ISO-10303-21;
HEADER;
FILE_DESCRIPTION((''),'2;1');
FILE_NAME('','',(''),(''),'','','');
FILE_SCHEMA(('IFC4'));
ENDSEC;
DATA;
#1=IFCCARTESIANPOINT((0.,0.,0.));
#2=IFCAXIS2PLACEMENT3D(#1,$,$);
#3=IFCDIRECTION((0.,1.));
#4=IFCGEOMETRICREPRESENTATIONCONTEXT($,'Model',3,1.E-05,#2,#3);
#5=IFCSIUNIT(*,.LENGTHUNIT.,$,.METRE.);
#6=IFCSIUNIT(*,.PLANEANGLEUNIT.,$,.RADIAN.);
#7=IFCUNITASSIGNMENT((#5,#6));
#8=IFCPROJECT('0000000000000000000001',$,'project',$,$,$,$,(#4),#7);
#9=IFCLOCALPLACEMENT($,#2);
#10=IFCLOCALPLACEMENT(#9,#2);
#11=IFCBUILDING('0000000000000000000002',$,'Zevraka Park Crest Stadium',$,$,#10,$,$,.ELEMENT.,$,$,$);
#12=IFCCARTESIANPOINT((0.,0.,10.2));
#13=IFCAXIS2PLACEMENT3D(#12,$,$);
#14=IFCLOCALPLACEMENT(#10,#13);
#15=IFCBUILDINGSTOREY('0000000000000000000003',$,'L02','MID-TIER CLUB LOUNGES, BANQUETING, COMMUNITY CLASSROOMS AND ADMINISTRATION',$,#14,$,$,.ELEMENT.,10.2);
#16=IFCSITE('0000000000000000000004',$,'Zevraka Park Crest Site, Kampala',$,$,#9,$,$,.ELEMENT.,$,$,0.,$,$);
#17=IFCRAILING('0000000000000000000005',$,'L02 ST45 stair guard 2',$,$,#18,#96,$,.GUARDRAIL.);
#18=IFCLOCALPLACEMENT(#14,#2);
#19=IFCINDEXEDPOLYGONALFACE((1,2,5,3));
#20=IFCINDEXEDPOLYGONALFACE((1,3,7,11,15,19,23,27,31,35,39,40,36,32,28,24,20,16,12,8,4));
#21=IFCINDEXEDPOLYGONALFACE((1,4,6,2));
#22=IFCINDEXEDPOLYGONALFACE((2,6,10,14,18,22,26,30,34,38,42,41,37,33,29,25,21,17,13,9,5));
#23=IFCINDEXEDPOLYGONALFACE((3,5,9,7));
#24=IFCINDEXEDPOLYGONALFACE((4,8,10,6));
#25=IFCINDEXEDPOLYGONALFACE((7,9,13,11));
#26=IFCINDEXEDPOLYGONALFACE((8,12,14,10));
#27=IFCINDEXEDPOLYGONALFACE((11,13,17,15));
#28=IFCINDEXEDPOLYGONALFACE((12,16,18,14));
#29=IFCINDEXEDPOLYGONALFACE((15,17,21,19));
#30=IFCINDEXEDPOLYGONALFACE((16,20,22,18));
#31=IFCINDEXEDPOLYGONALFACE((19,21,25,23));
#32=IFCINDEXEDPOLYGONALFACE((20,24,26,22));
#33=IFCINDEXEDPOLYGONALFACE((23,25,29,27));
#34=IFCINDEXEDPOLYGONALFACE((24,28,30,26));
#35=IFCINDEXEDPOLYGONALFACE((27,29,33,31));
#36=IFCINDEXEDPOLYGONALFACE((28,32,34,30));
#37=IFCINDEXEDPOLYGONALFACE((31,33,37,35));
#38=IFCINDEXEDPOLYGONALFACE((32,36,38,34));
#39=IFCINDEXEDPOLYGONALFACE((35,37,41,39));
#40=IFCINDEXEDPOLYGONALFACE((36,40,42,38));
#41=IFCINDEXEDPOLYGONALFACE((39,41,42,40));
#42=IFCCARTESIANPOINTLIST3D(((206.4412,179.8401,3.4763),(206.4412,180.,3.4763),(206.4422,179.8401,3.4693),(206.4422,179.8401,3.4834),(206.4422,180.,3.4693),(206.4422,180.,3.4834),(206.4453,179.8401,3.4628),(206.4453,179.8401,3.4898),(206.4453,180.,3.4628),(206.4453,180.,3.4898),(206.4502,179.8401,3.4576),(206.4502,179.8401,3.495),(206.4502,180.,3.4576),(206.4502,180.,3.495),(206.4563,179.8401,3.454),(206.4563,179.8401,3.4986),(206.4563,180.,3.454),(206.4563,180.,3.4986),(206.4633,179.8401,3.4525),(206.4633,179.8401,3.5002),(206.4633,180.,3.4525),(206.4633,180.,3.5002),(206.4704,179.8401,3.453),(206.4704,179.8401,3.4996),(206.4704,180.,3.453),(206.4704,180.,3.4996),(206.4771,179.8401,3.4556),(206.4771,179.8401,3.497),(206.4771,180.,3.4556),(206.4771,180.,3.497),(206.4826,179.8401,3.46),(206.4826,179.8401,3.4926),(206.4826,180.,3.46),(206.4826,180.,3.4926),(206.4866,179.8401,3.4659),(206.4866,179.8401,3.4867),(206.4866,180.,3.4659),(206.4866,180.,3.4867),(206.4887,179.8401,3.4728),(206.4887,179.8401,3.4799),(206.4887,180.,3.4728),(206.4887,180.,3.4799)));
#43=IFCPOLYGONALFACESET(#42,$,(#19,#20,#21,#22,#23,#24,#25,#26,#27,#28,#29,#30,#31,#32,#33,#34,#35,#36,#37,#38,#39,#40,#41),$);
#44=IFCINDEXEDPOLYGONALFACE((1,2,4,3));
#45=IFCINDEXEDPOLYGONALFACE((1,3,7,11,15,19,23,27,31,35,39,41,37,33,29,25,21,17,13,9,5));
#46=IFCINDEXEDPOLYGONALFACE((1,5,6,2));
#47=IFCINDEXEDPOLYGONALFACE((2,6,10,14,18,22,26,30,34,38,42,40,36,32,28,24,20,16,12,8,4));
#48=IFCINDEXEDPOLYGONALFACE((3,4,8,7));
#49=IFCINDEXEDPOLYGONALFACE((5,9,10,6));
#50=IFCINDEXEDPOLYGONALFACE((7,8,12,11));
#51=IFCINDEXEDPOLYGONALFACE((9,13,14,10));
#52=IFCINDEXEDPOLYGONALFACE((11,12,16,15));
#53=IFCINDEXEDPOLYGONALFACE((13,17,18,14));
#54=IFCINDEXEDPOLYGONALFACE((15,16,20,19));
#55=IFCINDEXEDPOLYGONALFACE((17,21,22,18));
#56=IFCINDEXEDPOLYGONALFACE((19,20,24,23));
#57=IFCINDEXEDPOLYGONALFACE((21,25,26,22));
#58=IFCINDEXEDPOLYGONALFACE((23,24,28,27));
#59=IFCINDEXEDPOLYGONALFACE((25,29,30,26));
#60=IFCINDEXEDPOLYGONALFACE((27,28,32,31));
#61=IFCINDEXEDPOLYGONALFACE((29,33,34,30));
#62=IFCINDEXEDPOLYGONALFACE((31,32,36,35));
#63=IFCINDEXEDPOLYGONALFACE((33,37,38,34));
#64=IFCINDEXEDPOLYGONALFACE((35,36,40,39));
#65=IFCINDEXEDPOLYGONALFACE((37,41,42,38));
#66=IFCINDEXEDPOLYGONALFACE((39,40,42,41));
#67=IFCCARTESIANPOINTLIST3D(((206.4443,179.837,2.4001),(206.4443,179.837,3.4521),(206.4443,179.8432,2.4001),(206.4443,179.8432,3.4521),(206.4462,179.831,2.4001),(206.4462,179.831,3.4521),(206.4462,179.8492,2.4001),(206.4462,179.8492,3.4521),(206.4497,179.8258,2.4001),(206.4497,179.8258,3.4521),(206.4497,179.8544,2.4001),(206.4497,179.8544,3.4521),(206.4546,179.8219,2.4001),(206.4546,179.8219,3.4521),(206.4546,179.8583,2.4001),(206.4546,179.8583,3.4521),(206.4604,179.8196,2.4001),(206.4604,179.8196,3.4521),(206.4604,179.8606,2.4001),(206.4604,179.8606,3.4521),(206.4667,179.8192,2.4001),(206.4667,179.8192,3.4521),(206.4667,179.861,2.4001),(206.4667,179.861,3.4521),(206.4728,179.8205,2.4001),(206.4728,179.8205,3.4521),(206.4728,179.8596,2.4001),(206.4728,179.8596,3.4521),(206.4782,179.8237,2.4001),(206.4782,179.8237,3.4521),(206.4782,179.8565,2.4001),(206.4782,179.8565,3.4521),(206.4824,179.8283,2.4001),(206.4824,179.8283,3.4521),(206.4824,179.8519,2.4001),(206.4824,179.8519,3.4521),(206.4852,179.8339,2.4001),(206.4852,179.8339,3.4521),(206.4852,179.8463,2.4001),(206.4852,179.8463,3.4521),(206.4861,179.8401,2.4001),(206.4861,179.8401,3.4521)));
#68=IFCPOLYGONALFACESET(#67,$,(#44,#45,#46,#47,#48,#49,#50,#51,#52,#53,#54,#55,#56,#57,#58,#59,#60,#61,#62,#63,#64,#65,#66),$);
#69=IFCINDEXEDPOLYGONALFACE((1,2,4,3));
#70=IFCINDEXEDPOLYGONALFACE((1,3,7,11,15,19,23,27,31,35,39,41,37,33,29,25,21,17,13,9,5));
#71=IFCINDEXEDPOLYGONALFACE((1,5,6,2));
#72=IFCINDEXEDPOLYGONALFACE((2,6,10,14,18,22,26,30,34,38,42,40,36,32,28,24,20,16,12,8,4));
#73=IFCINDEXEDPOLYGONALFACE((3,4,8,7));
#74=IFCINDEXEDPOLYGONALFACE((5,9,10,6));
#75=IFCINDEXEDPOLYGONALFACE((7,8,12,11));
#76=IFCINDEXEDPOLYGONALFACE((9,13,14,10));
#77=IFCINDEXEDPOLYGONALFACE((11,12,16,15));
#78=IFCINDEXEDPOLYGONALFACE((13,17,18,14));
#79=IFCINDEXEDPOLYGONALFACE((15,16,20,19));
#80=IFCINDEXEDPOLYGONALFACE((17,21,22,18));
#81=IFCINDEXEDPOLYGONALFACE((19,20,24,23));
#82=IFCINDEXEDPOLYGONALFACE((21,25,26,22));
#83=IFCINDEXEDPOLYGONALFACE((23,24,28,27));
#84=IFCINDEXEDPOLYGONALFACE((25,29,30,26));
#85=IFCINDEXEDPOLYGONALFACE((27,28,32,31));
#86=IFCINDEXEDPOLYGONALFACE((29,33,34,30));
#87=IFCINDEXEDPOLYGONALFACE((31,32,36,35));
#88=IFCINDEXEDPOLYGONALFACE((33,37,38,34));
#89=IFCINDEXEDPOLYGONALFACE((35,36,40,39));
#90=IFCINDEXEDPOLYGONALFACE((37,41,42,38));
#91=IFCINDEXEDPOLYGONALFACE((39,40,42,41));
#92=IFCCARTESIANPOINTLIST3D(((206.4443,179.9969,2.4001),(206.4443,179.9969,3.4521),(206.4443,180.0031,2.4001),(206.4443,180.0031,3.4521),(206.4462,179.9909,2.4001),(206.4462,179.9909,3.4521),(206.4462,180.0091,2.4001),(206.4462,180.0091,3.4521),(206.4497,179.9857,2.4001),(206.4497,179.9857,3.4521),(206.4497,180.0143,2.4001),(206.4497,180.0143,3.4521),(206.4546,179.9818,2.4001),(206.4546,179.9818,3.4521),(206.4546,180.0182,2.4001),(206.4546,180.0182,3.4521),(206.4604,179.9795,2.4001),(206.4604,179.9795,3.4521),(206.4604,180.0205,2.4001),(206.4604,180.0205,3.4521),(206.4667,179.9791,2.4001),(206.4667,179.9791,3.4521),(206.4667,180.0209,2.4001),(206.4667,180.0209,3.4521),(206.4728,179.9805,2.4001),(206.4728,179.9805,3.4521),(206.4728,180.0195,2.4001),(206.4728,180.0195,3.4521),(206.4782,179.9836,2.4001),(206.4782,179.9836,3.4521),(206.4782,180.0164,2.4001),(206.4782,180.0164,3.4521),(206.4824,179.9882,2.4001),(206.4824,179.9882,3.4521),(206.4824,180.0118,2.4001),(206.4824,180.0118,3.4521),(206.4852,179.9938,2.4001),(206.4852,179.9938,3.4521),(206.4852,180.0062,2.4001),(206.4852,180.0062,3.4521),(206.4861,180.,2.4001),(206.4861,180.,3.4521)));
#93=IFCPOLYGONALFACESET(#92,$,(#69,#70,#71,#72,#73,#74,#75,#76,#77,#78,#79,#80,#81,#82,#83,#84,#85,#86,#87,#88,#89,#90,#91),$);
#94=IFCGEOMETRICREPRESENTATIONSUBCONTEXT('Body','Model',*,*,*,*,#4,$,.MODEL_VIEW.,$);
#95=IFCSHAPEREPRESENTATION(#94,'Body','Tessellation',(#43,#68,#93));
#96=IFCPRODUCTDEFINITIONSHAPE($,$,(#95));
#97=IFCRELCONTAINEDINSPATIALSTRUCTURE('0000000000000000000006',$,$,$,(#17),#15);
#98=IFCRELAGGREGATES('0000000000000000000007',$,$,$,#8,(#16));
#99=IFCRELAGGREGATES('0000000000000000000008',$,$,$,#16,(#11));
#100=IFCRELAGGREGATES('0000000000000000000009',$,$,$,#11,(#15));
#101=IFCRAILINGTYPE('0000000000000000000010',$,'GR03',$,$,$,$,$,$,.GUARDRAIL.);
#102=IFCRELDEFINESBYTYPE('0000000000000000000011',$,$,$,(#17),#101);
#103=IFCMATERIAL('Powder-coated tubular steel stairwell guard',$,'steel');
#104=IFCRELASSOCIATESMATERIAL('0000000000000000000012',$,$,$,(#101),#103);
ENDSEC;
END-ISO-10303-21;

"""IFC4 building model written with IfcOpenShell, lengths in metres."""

from ifc_helpers import new_model, si_unit, direction, frame, origin, origin_2d, place, context, subcontext, project, spatial, circle, extrude, material, type_object, element, save


model = new_model("IFC4")

# Units and contexts
model_context = context("Model", 3, precision=1e-05, world=origin(), true_north=direction((0.0, 1.0)))
body_context = subcontext(model_context, "Body", "Model", "MODEL_VIEW")
ifc_project = project(units=[si_unit("LENGTHUNIT", "METRE"), si_unit("PLANEANGLEUNIT", "RADIAN")], contexts=[model_context])

# Site, building, storey
site_placement = place(None, origin())
site = spatial("IfcSite", under=ifc_project, at=site_placement, Name="Zevraka Park Crest Site, Kampala", CompositionType="ELEMENT", RefElevation=0.0)
building_placement = place(site_placement, origin())
building = spatial("IfcBuilding", under=site, at=building_placement, Name="Zevraka Park Crest Stadium", CompositionType="ELEMENT")
storey_placement = place(building_placement, frame((0.0, 0.0, 10.2)))
storey = spatial("IfcBuildingStorey", under=building, at=storey_placement, Name="L02", Description="MID-TIER CLUB LOUNGES, BANQUETING, COMMUNITY CLASSROOMS AND ADMINISTRATION", CompositionType="ELEMENT", Elevation=10.2)

# Railing
ifc_material_1 = material(Name="Powder-coated tubular steel stairwell guard", Category="steel")
railing_type_1 = type_object("IfcRailingType", Name="GR03", PredefinedType="GUARDRAIL", material=ifc_material_1)
railing_1_placement = place(storey_placement, frame((206.4651, 179.8401, 2.4001)))
element("IfcRailing", 1, at=railing_1_placement, inside=storey, type_object=railing_type_1, Name="L02 ST45 stair guard 2", PredefinedType="GUARDRAIL", context=body_context, shape_type="SweptSolid", body=[
    extrude(circle(Radius=0.0239, at=origin_2d()), frame((0.0, 0.0, 1.0762), z_axis=(0.0, 1.0, 0.0), x_axis=(-1.0, 0.0, 0.0)), (0.0, 0.0, 1.0), 0.1599),
    extrude(circle(Radius=0.021, at=origin_2d()), origin(), (0.0, 0.0, 1.0), 1.052),
    extrude(circle(Radius=0.021, at=origin_2d()), frame((0.0, 0.1599, 0.0)), (0.0, 0.0, 1.0), 1.052),
])

save(model, "model.ifc")
